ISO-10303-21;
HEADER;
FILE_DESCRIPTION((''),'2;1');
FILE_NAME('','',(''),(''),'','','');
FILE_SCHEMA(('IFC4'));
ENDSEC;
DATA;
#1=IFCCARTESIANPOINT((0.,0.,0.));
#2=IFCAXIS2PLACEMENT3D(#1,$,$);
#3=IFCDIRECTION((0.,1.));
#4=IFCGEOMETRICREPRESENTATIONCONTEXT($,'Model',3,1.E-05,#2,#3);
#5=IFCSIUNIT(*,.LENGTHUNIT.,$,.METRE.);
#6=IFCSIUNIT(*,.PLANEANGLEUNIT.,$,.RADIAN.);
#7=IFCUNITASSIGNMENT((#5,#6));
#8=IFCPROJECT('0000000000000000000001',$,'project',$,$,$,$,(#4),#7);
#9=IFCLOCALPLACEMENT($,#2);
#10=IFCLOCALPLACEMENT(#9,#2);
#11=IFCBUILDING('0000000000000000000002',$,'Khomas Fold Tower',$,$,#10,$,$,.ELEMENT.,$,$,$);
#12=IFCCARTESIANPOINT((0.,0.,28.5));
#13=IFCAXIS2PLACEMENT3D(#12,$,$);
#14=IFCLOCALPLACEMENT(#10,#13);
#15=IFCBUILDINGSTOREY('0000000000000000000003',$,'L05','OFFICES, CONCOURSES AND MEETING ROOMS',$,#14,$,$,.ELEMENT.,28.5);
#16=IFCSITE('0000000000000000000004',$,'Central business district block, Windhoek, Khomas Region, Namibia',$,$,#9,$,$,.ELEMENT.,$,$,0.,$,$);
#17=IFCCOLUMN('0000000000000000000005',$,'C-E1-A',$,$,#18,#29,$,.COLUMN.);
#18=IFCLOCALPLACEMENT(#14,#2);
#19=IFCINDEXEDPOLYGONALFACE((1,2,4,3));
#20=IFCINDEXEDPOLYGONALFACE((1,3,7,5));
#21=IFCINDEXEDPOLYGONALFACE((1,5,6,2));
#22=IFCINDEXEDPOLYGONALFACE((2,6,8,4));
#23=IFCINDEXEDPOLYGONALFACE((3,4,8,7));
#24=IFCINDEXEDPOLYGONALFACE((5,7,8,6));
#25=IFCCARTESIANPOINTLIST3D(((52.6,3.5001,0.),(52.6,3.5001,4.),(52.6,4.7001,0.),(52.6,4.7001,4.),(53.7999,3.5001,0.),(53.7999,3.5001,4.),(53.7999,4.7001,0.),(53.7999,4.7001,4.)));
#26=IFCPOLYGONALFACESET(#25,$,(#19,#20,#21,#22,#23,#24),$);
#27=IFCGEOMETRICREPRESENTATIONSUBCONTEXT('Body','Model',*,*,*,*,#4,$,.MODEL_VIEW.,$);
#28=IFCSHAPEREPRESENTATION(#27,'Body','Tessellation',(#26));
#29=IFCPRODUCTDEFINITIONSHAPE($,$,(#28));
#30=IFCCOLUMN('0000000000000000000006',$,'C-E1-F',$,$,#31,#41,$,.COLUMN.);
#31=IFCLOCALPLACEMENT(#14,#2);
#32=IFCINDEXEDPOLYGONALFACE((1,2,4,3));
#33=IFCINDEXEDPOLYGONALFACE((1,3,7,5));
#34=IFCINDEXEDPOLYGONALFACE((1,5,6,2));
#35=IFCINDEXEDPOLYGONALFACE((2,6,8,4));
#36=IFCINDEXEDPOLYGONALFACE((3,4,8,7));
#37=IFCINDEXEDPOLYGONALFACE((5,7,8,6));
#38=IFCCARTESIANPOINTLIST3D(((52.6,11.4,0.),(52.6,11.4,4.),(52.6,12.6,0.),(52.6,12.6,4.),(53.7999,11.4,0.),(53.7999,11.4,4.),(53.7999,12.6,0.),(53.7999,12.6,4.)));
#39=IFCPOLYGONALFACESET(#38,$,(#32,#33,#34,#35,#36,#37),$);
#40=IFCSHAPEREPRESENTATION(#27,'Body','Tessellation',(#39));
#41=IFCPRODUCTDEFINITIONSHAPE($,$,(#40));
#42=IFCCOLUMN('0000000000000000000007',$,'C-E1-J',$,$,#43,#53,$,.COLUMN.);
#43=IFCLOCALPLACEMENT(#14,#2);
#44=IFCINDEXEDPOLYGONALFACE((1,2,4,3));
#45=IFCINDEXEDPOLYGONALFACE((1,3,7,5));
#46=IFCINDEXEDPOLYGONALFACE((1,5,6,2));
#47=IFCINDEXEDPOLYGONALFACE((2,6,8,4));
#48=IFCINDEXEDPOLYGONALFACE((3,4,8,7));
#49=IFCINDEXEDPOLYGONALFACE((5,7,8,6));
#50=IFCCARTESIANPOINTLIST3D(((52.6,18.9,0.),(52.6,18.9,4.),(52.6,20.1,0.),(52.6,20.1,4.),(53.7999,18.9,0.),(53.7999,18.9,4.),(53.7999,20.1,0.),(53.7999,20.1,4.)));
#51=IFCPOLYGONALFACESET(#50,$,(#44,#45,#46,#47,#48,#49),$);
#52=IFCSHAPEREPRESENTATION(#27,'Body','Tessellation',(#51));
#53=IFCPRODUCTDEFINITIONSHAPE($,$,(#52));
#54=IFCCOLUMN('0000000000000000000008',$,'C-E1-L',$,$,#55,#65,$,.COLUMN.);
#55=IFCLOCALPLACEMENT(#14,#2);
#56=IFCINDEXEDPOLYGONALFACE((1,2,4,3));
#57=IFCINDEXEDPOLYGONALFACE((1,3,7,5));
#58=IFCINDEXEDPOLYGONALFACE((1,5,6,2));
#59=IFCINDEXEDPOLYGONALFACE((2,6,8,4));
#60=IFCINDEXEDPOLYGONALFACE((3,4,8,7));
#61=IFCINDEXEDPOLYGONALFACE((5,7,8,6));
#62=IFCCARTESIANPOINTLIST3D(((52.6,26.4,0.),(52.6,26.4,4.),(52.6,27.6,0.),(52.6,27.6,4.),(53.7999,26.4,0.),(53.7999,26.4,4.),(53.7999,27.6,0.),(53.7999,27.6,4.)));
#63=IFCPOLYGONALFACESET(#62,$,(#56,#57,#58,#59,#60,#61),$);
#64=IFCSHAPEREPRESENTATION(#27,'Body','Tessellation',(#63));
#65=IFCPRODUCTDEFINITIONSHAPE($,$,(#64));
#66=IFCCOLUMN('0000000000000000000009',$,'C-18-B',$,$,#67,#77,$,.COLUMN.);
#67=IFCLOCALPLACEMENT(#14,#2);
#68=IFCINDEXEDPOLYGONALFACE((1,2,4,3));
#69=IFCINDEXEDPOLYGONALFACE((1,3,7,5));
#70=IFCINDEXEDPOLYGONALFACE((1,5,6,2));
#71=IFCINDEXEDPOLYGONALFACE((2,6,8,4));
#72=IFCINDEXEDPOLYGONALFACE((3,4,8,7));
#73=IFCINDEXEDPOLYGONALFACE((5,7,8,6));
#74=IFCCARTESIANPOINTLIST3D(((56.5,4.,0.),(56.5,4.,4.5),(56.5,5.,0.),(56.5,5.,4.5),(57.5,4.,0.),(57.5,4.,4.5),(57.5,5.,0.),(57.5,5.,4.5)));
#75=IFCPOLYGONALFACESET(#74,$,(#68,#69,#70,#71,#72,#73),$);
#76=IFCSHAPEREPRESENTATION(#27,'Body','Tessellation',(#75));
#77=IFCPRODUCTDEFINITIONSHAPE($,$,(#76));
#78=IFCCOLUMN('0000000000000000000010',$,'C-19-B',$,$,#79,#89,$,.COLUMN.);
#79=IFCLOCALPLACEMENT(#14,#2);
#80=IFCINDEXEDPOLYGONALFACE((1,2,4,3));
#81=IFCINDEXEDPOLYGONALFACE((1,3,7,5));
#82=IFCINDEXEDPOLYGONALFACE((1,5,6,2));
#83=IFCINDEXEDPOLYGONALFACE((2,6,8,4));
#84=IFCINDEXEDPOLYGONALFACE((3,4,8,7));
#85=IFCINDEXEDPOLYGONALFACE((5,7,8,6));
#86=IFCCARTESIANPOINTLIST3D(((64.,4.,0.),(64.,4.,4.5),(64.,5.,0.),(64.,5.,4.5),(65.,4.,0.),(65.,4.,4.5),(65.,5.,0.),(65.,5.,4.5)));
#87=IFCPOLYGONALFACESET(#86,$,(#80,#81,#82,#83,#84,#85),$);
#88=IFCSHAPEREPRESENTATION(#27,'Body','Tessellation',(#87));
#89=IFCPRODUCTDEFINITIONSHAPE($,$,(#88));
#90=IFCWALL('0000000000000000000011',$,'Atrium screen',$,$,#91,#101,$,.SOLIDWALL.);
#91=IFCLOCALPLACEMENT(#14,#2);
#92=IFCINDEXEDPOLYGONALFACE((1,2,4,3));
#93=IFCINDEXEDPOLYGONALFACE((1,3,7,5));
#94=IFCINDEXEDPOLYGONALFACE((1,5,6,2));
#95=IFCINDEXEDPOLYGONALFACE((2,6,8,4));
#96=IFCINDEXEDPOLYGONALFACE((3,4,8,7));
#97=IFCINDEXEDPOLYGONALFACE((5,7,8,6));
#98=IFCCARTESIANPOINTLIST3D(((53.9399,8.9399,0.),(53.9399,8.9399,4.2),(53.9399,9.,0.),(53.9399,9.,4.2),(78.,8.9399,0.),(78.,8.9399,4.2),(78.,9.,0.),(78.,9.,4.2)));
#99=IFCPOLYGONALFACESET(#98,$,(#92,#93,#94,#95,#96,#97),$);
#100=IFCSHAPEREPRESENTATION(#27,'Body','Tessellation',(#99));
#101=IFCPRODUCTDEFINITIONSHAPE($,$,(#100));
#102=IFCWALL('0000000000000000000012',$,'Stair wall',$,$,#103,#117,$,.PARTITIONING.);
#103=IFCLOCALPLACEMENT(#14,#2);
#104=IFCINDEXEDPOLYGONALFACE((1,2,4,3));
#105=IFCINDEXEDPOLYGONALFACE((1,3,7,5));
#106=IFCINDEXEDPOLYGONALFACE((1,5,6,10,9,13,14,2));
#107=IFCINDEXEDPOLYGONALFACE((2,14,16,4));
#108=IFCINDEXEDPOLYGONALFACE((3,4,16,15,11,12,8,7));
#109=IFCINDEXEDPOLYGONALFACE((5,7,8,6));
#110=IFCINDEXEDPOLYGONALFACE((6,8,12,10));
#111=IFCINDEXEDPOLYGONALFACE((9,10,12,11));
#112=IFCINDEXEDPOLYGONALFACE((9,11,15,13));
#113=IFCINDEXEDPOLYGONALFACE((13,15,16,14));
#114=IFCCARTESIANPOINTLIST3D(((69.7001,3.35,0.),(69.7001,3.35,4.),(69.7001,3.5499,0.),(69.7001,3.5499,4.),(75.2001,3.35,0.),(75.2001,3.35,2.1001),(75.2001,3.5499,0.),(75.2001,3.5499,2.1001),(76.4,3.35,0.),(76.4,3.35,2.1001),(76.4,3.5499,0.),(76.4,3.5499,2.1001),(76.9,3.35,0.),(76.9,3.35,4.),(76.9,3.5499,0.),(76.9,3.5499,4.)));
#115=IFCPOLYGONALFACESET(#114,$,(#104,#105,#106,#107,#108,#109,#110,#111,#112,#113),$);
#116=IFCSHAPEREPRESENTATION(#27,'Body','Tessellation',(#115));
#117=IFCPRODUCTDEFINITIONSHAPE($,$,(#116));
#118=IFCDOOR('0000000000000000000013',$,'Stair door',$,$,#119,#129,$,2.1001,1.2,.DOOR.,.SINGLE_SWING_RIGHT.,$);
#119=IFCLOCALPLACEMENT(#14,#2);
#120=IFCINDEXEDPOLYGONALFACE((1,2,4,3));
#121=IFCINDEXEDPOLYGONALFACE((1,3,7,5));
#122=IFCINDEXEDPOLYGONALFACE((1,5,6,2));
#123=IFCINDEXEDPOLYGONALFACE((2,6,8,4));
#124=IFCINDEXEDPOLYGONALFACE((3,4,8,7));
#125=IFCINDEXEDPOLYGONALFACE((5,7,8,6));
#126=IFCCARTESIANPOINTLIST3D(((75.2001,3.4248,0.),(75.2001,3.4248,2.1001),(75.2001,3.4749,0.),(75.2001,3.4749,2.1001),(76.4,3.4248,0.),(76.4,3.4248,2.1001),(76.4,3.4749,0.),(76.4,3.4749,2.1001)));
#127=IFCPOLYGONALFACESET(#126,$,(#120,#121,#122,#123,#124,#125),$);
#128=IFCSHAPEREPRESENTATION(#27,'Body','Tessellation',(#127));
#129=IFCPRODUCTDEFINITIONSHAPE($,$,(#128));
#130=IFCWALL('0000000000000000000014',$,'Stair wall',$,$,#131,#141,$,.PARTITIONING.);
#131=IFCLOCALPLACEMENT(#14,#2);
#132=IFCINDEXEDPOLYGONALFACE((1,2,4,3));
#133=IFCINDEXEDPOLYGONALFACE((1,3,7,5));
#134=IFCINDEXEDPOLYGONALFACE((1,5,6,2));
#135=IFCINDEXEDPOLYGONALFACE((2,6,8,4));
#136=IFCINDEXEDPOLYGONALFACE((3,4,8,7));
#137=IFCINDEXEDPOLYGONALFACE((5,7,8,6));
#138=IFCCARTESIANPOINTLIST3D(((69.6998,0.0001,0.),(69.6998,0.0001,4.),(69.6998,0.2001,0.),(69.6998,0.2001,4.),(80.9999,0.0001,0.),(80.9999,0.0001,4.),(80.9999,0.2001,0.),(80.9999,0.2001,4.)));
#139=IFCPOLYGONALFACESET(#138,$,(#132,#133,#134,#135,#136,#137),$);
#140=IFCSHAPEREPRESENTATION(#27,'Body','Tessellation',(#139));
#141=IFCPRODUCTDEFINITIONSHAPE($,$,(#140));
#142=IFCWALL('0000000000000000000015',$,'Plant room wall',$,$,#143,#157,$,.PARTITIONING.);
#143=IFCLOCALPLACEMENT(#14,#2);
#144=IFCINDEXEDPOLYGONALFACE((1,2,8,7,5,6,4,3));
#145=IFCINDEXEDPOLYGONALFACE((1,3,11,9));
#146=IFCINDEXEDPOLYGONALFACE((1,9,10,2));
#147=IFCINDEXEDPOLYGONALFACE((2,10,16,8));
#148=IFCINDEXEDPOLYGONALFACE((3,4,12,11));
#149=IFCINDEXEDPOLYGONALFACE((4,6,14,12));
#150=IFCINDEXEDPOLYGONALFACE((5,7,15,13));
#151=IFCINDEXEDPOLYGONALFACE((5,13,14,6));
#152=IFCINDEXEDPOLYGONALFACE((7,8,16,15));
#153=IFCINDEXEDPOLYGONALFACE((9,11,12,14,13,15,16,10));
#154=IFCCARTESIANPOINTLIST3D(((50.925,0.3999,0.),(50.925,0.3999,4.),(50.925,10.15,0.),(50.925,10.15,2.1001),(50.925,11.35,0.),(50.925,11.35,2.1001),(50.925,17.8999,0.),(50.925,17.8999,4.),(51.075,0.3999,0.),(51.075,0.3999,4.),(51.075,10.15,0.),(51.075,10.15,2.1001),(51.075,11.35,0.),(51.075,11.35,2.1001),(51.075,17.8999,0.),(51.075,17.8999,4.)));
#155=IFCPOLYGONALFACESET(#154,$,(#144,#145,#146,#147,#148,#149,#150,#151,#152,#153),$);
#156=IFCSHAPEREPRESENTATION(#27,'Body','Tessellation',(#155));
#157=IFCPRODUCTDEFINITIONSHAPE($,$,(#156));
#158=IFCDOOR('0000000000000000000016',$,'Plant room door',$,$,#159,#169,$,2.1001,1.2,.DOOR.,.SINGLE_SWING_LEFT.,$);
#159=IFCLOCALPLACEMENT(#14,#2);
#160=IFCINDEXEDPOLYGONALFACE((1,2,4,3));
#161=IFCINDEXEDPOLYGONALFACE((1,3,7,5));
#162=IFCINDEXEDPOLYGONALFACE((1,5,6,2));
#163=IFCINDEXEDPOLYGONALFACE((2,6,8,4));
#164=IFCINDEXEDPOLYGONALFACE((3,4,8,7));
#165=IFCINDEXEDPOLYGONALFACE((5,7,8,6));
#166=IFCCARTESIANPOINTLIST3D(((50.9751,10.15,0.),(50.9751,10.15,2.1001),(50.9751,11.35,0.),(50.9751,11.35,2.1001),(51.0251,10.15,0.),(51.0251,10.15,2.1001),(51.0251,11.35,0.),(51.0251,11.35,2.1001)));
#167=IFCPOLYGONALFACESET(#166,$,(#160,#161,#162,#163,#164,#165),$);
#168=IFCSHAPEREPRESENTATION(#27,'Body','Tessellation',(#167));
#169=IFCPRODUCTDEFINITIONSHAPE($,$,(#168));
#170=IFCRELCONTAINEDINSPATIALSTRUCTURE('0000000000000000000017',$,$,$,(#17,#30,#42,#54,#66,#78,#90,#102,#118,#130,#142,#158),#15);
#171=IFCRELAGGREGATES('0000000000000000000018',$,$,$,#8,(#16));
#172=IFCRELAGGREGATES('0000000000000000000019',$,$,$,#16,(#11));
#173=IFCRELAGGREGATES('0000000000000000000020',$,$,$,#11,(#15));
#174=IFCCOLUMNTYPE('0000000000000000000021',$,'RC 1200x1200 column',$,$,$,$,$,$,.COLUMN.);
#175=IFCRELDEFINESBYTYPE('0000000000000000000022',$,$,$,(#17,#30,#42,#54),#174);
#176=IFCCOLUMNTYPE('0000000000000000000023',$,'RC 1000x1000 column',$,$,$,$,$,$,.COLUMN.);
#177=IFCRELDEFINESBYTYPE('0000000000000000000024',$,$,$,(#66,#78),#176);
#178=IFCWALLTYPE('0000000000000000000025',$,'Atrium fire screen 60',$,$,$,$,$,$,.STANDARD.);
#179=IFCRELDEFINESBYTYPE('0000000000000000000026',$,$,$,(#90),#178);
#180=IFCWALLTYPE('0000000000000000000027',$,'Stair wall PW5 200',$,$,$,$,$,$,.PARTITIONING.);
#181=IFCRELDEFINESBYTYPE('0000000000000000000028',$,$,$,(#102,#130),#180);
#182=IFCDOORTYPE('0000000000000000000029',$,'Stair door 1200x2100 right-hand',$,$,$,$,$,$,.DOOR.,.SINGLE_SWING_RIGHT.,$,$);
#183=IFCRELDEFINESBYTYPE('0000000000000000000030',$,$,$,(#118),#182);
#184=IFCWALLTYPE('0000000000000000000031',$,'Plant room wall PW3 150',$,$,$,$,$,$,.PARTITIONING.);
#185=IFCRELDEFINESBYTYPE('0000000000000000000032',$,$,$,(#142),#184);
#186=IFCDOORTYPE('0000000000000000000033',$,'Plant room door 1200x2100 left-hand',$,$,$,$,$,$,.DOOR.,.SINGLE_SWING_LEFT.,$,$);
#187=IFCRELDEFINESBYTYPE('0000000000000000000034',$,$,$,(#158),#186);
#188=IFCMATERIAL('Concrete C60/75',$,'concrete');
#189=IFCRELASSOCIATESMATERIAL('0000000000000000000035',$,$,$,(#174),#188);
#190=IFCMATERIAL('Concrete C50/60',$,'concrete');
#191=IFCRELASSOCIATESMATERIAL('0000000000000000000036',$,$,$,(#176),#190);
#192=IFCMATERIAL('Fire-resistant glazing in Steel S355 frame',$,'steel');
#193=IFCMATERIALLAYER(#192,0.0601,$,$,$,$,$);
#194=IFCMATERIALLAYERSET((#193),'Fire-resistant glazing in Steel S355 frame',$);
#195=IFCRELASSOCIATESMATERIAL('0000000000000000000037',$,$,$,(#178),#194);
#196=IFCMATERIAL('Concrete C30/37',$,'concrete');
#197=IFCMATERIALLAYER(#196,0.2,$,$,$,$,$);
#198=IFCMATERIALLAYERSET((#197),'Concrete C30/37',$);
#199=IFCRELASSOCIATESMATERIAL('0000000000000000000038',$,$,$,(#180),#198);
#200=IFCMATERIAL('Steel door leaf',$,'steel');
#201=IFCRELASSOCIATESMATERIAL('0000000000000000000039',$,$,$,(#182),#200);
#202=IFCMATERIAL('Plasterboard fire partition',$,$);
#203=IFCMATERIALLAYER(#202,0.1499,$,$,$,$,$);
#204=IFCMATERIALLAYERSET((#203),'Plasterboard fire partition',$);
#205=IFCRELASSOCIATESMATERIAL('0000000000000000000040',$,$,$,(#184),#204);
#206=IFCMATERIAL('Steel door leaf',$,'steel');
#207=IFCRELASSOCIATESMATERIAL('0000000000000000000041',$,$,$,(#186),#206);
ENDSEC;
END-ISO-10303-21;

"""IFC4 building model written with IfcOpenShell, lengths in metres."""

from ifc_helpers import new_model, si_unit, direction, frame, frame_2d, origin, origin_2d, place, context, subcontext, project, spatial, rectangle, extrude, source, transform, mapped, material, layer, layer_set, material_profile, profile_set, type_object, element, fill, save


model = new_model("IFC4")

# Units and contexts
model_context = context("Model", 3, precision=1e-05, world=origin(), true_north=direction((0.0, 1.0)))
body_context = subcontext(model_context, "Body", "Model", "MODEL_VIEW")
ifc_project = project(units=[si_unit("LENGTHUNIT", "METRE"), si_unit("PLANEANGLEUNIT", "RADIAN")], contexts=[model_context])

# Site, building, storey
site_placement = place(None, origin())
site = spatial("IfcSite", under=ifc_project, at=site_placement, Name="Central business district block, Windhoek, Khomas Region, Namibia", CompositionType="ELEMENT", RefElevation=0.0)
building_placement = place(site_placement, origin())
building = spatial("IfcBuilding", under=site, at=building_placement, Name="Khomas Fold Tower", CompositionType="ELEMENT")
storey_placement = place(building_placement, frame((0.0, 0.0, 28.5)))
storey = spatial("IfcBuildingStorey", under=building, at=storey_placement, Name="L05", Description="OFFICES, CONCOURSES AND MEETING ROOMS", CompositionType="ELEMENT", Elevation=28.5)

# Columns
ifc_material_1 = material(Name="Concrete C60/75", Category="concrete")
ifc_material_profile_1 = material_profile(ifc_material_1, rectangle(XDim=1.2, YDim=1.2, at=origin_2d()), Name="RC 1200x1200")
ifc_profile_set_1 = profile_set([ifc_material_profile_1], Name="Concrete C60/75")
column_type_1 = type_object("IfcColumnType", Name="RC 1200x1200 column", PredefinedType="COLUMN", material=ifc_profile_set_1)
shared_shape_1 = source(origin(), body_context, "Body", "SweptSolid", [
    extrude(rectangle(XDim=1.2, YDim=1.2, at=origin_2d()), origin(), (0.0, 0.0, 1.0), 4.0),
])
for number, where, z_axis, x_axis, name in (
    (1, (53.2, 4.1001, 0.0), (0.0, 0.0, 1.0), (1.0, 0.0, 0.0), "C-E1-A"),
    (2, (53.2, 12.0, 0.0), (0.0, 0.0, 1.0), (1.0, 0.0, 0.0), "C-E1-F"),
    (3, (53.2, 19.5, 0.0), (0.0, 0.0, 1.0), (1.0, 0.0, 0.0), "C-E1-J"),
    (4, (53.2, 27.0, 0.0), (0.0, 0.0, 1.0), (1.0, 0.0, 0.0), "C-E1-L"),
):
    element("IfcColumn", number, at=place(storey_placement, frame(where, z_axis=z_axis, x_axis=x_axis)), inside=storey, type_object=column_type_1, Name=name, PredefinedType="COLUMN", context=body_context, shape_type="MappedRepresentation", body=[
        mapped(shared_shape_1, transform((0.0, 0.0, 0.0))),
    ])
ifc_material_2 = material(Name="Concrete C50/60", Category="concrete")
ifc_material_profile_2 = material_profile(ifc_material_2, rectangle(XDim=1.0, YDim=1.0, at=origin_2d()), Name="RC 1000x1000")
ifc_profile_set_2 = profile_set([ifc_material_profile_2], Name="Concrete C50/60")
column_type_2 = type_object("IfcColumnType", Name="RC 1000x1000 column", PredefinedType="COLUMN", material=ifc_profile_set_2)
shared_shape_2 = source(origin(), body_context, "Body", "SweptSolid", [
    extrude(rectangle(XDim=1.0, YDim=1.0, at=origin_2d()), origin(), (0.0, 0.0, 1.0), 4.5),
])
for number, where, z_axis, x_axis, name in (
    (5, (57.0, 4.5, 0.0), (0.0, 0.0, 1.0), (1.0, 0.0, 0.0), "C-18-B"),
    (6, (64.5, 4.5, 0.0), (0.0, 0.0, 1.0), (1.0, 0.0, 0.0), "C-19-B"),
):
    element("IfcColumn", number, at=place(storey_placement, frame(where, z_axis=z_axis, x_axis=x_axis)), inside=storey, type_object=column_type_2, Name=name, PredefinedType="COLUMN", context=body_context, shape_type="MappedRepresentation", body=[
        mapped(shared_shape_2, transform((0.0, 0.0, 0.0))),
    ])

# Wall
ifc_material_3 = material(Name="Fire-resistant glazing in Steel S355 frame", Category="steel")
ifc_layer_1 = layer(ifc_material_3, 0.0601)
ifc_layer_set_1 = layer_set([ifc_layer_1], Name="Fire-resistant glazing in Steel S355 frame")
wall_type_1 = type_object("IfcWallType", Name="Atrium fire screen 60", PredefinedType="STANDARD", material=ifc_layer_set_1)
shared_shape_3 = source(origin(), body_context, "Body", "SweptSolid", [
    extrude(rectangle(XDim=24.0601, YDim=0.0601, at=frame_2d((12.03, 0.0))), origin(), (0.0, 0.0, 1.0), 4.2),
])
wall_1_placement = place(storey_placement, frame((53.9399, 8.97, 0.0), z_axis=(0.0, 0.0, 1.0), x_axis=(1.0, 0.0, 0.0)))
element("IfcWall", 7, at=wall_1_placement, inside=storey, type_object=wall_type_1, Name="Atrium screen", PredefinedType="SOLIDWALL", context=body_context, shape_type="MappedRepresentation", body=[
    mapped(shared_shape_3, transform((0.0, 0.0, 0.0))),
])

# Wall, opening, door
ifc_material_4 = material(Name="Concrete C30/37", Category="concrete")
ifc_layer_2 = layer(ifc_material_4, 0.2)
ifc_layer_set_2 = layer_set([ifc_layer_2], Name="Concrete C30/37")
wall_type_2 = type_object("IfcWallType", Name="Stair wall PW5 200", PredefinedType="PARTITIONING", material=ifc_layer_set_2)
shared_shape_4 = source(origin(), body_context, "Body", "SweptSolid", [
    extrude(rectangle(XDim=7.2, YDim=0.2, at=frame_2d((3.6001, 0.0))), origin(), (0.0, 0.0, 1.0), 4.0),
])
wall_2_placement = place(storey_placement, frame((69.7, 3.45, 0.0), z_axis=(0.0, 0.0, 1.0), x_axis=(1.0, 0.0, 0.0)))
wall_2 = element("IfcWall", 8, at=wall_2_placement, inside=storey, type_object=wall_type_2, Name="Stair wall", PredefinedType="PARTITIONING", context=body_context, shape_type="MappedRepresentation", body=[
    mapped(shared_shape_4, transform((0.0, 0.0, 0.0))),
])
shared_shape_5 = source(origin(), body_context, "Body", "SweptSolid", [
    extrude(rectangle(XDim=1.2, YDim=2.1001, at=frame_2d((0.6001, 1.05))), frame((0.0, 0.1099, 0.0), z_axis=(0.0, -1.0, 0.0), x_axis=(1.0, 0.0, 0.0)), (0.0, 0.0, 1.0), 0.22),
])
opening_1_placement = place(wall_2_placement, frame((5.5, 0.0, 0.0)))
opening_1 = element("IfcOpeningElement", 9, at=opening_1_placement, cuts=wall_2, PredefinedType="OPENING", context=body_context, shape_type="MappedRepresentation", body=[
    mapped(shared_shape_5, transform((0.0, 0.0, 0.0))),
])
ifc_material_5 = material(Name="Steel door leaf", Category="steel")
door_type_1 = type_object("IfcDoorType", Name="Stair door 1200x2100 right-hand", OperationType="SINGLE_SWING_RIGHT", PredefinedType="DOOR", material=ifc_material_5)
shared_shape_6 = source(origin(), body_context, "Body", "SweptSolid", [
    extrude(rectangle(XDim=1.2, YDim=2.1001, at=frame_2d((0.6001, 1.05))), frame((0.0, 0.0249, 0.0), z_axis=(0.0, -1.0, 0.0), x_axis=(1.0, 0.0, 0.0)), (0.0, 0.0, 1.0), 0.05),
])
door_1_placement = place(opening_1_placement, origin())
door_1 = element("IfcDoor", 10, at=door_1_placement, inside=storey, type_object=door_type_1, Name="Stair door", OperationType="SINGLE_SWING_RIGHT", OverallHeight=2.1001, OverallWidth=1.2, PredefinedType="DOOR", context=body_context, shape_type="MappedRepresentation", body=[
    mapped(shared_shape_6, transform((0.0, 0.0, 0.0))),
])
fill(opening_1, door_1)

# Wall
shared_shape_7 = source(origin(), body_context, "Body", "SweptSolid", [
    extrude(rectangle(XDim=11.3, YDim=0.2, at=frame_2d((5.6499, 0.0))), origin(), (0.0, 0.0, 1.0), 4.0),
])
wall_3_placement = place(storey_placement, frame((69.7, 0.1001, 0.0), z_axis=(0.0, 0.0, 1.0), x_axis=(1.0, 0.0, 0.0)))
element("IfcWall", 11, at=wall_3_placement, inside=storey, type_object=wall_type_2, Name="Stair wall", PredefinedType="PARTITIONING", context=body_context, shape_type="MappedRepresentation", body=[
    mapped(shared_shape_7, transform((0.0, 0.0, 0.0))),
])

# Wall, opening, door
ifc_material_6 = material(Name="Plasterboard fire partition")
ifc_layer_3 = layer(ifc_material_6, 0.1499)
ifc_layer_set_3 = layer_set([ifc_layer_3], Name="Plasterboard fire partition")
wall_type_3 = type_object("IfcWallType", Name="Plant room wall PW3 150", PredefinedType="PARTITIONING", material=ifc_layer_set_3)
shared_shape_8 = source(origin(), body_context, "Body", "SweptSolid", [
    extrude(rectangle(XDim=17.5, YDim=0.1499, at=frame_2d((8.75, 0.0))), origin(), (0.0, 0.0, 1.0), 4.0),
])
wall_4_placement = place(storey_placement, frame((51.0, 0.3999, 0.0), z_axis=(0.0, 0.0, 1.0), x_axis=(0.0, 1.0, 0.0)))
wall_4 = element("IfcWall", 12, at=wall_4_placement, inside=storey, type_object=wall_type_3, Name="Plant room wall", PredefinedType="PARTITIONING", context=body_context, shape_type="MappedRepresentation", body=[
    mapped(shared_shape_8, transform((0.0, 0.0, 0.0))),
])
shared_shape_9 = source(origin(), body_context, "Body", "SweptSolid", [
    extrude(rectangle(XDim=1.2, YDim=2.1001, at=frame_2d((0.6001, 1.05))), frame((0.0, 0.085, 0.0), z_axis=(0.0, -1.0, 0.0), x_axis=(1.0, 0.0, 0.0)), (0.0, 0.0, 1.0), 0.1699),
])
opening_2_placement = place(wall_4_placement, frame((9.75, 0.0, 0.0)))
opening_2 = element("IfcOpeningElement", 13, at=opening_2_placement, cuts=wall_4, PredefinedType="OPENING", context=body_context, shape_type="MappedRepresentation", body=[
    mapped(shared_shape_9, transform((0.0, 0.0, 0.0))),
])
ifc_material_7 = material(Name="Steel door leaf", Category="steel")
door_type_2 = type_object("IfcDoorType", Name="Plant room door 1200x2100 left-hand", OperationType="SINGLE_SWING_LEFT", PredefinedType="DOOR", material=ifc_material_7)
door_2_placement = place(opening_2_placement, origin())
door_2 = element("IfcDoor", 14, at=door_2_placement, inside=storey, type_object=door_type_2, Name="Plant room door", OperationType="SINGLE_SWING_LEFT", OverallHeight=2.1001, OverallWidth=1.2, PredefinedType="DOOR", context=body_context, shape_type="MappedRepresentation", body=[
    mapped(shared_shape_6, transform((0.0, 0.0, 0.0))),
])
fill(opening_2, door_2)

save(model, "model.ifc")
